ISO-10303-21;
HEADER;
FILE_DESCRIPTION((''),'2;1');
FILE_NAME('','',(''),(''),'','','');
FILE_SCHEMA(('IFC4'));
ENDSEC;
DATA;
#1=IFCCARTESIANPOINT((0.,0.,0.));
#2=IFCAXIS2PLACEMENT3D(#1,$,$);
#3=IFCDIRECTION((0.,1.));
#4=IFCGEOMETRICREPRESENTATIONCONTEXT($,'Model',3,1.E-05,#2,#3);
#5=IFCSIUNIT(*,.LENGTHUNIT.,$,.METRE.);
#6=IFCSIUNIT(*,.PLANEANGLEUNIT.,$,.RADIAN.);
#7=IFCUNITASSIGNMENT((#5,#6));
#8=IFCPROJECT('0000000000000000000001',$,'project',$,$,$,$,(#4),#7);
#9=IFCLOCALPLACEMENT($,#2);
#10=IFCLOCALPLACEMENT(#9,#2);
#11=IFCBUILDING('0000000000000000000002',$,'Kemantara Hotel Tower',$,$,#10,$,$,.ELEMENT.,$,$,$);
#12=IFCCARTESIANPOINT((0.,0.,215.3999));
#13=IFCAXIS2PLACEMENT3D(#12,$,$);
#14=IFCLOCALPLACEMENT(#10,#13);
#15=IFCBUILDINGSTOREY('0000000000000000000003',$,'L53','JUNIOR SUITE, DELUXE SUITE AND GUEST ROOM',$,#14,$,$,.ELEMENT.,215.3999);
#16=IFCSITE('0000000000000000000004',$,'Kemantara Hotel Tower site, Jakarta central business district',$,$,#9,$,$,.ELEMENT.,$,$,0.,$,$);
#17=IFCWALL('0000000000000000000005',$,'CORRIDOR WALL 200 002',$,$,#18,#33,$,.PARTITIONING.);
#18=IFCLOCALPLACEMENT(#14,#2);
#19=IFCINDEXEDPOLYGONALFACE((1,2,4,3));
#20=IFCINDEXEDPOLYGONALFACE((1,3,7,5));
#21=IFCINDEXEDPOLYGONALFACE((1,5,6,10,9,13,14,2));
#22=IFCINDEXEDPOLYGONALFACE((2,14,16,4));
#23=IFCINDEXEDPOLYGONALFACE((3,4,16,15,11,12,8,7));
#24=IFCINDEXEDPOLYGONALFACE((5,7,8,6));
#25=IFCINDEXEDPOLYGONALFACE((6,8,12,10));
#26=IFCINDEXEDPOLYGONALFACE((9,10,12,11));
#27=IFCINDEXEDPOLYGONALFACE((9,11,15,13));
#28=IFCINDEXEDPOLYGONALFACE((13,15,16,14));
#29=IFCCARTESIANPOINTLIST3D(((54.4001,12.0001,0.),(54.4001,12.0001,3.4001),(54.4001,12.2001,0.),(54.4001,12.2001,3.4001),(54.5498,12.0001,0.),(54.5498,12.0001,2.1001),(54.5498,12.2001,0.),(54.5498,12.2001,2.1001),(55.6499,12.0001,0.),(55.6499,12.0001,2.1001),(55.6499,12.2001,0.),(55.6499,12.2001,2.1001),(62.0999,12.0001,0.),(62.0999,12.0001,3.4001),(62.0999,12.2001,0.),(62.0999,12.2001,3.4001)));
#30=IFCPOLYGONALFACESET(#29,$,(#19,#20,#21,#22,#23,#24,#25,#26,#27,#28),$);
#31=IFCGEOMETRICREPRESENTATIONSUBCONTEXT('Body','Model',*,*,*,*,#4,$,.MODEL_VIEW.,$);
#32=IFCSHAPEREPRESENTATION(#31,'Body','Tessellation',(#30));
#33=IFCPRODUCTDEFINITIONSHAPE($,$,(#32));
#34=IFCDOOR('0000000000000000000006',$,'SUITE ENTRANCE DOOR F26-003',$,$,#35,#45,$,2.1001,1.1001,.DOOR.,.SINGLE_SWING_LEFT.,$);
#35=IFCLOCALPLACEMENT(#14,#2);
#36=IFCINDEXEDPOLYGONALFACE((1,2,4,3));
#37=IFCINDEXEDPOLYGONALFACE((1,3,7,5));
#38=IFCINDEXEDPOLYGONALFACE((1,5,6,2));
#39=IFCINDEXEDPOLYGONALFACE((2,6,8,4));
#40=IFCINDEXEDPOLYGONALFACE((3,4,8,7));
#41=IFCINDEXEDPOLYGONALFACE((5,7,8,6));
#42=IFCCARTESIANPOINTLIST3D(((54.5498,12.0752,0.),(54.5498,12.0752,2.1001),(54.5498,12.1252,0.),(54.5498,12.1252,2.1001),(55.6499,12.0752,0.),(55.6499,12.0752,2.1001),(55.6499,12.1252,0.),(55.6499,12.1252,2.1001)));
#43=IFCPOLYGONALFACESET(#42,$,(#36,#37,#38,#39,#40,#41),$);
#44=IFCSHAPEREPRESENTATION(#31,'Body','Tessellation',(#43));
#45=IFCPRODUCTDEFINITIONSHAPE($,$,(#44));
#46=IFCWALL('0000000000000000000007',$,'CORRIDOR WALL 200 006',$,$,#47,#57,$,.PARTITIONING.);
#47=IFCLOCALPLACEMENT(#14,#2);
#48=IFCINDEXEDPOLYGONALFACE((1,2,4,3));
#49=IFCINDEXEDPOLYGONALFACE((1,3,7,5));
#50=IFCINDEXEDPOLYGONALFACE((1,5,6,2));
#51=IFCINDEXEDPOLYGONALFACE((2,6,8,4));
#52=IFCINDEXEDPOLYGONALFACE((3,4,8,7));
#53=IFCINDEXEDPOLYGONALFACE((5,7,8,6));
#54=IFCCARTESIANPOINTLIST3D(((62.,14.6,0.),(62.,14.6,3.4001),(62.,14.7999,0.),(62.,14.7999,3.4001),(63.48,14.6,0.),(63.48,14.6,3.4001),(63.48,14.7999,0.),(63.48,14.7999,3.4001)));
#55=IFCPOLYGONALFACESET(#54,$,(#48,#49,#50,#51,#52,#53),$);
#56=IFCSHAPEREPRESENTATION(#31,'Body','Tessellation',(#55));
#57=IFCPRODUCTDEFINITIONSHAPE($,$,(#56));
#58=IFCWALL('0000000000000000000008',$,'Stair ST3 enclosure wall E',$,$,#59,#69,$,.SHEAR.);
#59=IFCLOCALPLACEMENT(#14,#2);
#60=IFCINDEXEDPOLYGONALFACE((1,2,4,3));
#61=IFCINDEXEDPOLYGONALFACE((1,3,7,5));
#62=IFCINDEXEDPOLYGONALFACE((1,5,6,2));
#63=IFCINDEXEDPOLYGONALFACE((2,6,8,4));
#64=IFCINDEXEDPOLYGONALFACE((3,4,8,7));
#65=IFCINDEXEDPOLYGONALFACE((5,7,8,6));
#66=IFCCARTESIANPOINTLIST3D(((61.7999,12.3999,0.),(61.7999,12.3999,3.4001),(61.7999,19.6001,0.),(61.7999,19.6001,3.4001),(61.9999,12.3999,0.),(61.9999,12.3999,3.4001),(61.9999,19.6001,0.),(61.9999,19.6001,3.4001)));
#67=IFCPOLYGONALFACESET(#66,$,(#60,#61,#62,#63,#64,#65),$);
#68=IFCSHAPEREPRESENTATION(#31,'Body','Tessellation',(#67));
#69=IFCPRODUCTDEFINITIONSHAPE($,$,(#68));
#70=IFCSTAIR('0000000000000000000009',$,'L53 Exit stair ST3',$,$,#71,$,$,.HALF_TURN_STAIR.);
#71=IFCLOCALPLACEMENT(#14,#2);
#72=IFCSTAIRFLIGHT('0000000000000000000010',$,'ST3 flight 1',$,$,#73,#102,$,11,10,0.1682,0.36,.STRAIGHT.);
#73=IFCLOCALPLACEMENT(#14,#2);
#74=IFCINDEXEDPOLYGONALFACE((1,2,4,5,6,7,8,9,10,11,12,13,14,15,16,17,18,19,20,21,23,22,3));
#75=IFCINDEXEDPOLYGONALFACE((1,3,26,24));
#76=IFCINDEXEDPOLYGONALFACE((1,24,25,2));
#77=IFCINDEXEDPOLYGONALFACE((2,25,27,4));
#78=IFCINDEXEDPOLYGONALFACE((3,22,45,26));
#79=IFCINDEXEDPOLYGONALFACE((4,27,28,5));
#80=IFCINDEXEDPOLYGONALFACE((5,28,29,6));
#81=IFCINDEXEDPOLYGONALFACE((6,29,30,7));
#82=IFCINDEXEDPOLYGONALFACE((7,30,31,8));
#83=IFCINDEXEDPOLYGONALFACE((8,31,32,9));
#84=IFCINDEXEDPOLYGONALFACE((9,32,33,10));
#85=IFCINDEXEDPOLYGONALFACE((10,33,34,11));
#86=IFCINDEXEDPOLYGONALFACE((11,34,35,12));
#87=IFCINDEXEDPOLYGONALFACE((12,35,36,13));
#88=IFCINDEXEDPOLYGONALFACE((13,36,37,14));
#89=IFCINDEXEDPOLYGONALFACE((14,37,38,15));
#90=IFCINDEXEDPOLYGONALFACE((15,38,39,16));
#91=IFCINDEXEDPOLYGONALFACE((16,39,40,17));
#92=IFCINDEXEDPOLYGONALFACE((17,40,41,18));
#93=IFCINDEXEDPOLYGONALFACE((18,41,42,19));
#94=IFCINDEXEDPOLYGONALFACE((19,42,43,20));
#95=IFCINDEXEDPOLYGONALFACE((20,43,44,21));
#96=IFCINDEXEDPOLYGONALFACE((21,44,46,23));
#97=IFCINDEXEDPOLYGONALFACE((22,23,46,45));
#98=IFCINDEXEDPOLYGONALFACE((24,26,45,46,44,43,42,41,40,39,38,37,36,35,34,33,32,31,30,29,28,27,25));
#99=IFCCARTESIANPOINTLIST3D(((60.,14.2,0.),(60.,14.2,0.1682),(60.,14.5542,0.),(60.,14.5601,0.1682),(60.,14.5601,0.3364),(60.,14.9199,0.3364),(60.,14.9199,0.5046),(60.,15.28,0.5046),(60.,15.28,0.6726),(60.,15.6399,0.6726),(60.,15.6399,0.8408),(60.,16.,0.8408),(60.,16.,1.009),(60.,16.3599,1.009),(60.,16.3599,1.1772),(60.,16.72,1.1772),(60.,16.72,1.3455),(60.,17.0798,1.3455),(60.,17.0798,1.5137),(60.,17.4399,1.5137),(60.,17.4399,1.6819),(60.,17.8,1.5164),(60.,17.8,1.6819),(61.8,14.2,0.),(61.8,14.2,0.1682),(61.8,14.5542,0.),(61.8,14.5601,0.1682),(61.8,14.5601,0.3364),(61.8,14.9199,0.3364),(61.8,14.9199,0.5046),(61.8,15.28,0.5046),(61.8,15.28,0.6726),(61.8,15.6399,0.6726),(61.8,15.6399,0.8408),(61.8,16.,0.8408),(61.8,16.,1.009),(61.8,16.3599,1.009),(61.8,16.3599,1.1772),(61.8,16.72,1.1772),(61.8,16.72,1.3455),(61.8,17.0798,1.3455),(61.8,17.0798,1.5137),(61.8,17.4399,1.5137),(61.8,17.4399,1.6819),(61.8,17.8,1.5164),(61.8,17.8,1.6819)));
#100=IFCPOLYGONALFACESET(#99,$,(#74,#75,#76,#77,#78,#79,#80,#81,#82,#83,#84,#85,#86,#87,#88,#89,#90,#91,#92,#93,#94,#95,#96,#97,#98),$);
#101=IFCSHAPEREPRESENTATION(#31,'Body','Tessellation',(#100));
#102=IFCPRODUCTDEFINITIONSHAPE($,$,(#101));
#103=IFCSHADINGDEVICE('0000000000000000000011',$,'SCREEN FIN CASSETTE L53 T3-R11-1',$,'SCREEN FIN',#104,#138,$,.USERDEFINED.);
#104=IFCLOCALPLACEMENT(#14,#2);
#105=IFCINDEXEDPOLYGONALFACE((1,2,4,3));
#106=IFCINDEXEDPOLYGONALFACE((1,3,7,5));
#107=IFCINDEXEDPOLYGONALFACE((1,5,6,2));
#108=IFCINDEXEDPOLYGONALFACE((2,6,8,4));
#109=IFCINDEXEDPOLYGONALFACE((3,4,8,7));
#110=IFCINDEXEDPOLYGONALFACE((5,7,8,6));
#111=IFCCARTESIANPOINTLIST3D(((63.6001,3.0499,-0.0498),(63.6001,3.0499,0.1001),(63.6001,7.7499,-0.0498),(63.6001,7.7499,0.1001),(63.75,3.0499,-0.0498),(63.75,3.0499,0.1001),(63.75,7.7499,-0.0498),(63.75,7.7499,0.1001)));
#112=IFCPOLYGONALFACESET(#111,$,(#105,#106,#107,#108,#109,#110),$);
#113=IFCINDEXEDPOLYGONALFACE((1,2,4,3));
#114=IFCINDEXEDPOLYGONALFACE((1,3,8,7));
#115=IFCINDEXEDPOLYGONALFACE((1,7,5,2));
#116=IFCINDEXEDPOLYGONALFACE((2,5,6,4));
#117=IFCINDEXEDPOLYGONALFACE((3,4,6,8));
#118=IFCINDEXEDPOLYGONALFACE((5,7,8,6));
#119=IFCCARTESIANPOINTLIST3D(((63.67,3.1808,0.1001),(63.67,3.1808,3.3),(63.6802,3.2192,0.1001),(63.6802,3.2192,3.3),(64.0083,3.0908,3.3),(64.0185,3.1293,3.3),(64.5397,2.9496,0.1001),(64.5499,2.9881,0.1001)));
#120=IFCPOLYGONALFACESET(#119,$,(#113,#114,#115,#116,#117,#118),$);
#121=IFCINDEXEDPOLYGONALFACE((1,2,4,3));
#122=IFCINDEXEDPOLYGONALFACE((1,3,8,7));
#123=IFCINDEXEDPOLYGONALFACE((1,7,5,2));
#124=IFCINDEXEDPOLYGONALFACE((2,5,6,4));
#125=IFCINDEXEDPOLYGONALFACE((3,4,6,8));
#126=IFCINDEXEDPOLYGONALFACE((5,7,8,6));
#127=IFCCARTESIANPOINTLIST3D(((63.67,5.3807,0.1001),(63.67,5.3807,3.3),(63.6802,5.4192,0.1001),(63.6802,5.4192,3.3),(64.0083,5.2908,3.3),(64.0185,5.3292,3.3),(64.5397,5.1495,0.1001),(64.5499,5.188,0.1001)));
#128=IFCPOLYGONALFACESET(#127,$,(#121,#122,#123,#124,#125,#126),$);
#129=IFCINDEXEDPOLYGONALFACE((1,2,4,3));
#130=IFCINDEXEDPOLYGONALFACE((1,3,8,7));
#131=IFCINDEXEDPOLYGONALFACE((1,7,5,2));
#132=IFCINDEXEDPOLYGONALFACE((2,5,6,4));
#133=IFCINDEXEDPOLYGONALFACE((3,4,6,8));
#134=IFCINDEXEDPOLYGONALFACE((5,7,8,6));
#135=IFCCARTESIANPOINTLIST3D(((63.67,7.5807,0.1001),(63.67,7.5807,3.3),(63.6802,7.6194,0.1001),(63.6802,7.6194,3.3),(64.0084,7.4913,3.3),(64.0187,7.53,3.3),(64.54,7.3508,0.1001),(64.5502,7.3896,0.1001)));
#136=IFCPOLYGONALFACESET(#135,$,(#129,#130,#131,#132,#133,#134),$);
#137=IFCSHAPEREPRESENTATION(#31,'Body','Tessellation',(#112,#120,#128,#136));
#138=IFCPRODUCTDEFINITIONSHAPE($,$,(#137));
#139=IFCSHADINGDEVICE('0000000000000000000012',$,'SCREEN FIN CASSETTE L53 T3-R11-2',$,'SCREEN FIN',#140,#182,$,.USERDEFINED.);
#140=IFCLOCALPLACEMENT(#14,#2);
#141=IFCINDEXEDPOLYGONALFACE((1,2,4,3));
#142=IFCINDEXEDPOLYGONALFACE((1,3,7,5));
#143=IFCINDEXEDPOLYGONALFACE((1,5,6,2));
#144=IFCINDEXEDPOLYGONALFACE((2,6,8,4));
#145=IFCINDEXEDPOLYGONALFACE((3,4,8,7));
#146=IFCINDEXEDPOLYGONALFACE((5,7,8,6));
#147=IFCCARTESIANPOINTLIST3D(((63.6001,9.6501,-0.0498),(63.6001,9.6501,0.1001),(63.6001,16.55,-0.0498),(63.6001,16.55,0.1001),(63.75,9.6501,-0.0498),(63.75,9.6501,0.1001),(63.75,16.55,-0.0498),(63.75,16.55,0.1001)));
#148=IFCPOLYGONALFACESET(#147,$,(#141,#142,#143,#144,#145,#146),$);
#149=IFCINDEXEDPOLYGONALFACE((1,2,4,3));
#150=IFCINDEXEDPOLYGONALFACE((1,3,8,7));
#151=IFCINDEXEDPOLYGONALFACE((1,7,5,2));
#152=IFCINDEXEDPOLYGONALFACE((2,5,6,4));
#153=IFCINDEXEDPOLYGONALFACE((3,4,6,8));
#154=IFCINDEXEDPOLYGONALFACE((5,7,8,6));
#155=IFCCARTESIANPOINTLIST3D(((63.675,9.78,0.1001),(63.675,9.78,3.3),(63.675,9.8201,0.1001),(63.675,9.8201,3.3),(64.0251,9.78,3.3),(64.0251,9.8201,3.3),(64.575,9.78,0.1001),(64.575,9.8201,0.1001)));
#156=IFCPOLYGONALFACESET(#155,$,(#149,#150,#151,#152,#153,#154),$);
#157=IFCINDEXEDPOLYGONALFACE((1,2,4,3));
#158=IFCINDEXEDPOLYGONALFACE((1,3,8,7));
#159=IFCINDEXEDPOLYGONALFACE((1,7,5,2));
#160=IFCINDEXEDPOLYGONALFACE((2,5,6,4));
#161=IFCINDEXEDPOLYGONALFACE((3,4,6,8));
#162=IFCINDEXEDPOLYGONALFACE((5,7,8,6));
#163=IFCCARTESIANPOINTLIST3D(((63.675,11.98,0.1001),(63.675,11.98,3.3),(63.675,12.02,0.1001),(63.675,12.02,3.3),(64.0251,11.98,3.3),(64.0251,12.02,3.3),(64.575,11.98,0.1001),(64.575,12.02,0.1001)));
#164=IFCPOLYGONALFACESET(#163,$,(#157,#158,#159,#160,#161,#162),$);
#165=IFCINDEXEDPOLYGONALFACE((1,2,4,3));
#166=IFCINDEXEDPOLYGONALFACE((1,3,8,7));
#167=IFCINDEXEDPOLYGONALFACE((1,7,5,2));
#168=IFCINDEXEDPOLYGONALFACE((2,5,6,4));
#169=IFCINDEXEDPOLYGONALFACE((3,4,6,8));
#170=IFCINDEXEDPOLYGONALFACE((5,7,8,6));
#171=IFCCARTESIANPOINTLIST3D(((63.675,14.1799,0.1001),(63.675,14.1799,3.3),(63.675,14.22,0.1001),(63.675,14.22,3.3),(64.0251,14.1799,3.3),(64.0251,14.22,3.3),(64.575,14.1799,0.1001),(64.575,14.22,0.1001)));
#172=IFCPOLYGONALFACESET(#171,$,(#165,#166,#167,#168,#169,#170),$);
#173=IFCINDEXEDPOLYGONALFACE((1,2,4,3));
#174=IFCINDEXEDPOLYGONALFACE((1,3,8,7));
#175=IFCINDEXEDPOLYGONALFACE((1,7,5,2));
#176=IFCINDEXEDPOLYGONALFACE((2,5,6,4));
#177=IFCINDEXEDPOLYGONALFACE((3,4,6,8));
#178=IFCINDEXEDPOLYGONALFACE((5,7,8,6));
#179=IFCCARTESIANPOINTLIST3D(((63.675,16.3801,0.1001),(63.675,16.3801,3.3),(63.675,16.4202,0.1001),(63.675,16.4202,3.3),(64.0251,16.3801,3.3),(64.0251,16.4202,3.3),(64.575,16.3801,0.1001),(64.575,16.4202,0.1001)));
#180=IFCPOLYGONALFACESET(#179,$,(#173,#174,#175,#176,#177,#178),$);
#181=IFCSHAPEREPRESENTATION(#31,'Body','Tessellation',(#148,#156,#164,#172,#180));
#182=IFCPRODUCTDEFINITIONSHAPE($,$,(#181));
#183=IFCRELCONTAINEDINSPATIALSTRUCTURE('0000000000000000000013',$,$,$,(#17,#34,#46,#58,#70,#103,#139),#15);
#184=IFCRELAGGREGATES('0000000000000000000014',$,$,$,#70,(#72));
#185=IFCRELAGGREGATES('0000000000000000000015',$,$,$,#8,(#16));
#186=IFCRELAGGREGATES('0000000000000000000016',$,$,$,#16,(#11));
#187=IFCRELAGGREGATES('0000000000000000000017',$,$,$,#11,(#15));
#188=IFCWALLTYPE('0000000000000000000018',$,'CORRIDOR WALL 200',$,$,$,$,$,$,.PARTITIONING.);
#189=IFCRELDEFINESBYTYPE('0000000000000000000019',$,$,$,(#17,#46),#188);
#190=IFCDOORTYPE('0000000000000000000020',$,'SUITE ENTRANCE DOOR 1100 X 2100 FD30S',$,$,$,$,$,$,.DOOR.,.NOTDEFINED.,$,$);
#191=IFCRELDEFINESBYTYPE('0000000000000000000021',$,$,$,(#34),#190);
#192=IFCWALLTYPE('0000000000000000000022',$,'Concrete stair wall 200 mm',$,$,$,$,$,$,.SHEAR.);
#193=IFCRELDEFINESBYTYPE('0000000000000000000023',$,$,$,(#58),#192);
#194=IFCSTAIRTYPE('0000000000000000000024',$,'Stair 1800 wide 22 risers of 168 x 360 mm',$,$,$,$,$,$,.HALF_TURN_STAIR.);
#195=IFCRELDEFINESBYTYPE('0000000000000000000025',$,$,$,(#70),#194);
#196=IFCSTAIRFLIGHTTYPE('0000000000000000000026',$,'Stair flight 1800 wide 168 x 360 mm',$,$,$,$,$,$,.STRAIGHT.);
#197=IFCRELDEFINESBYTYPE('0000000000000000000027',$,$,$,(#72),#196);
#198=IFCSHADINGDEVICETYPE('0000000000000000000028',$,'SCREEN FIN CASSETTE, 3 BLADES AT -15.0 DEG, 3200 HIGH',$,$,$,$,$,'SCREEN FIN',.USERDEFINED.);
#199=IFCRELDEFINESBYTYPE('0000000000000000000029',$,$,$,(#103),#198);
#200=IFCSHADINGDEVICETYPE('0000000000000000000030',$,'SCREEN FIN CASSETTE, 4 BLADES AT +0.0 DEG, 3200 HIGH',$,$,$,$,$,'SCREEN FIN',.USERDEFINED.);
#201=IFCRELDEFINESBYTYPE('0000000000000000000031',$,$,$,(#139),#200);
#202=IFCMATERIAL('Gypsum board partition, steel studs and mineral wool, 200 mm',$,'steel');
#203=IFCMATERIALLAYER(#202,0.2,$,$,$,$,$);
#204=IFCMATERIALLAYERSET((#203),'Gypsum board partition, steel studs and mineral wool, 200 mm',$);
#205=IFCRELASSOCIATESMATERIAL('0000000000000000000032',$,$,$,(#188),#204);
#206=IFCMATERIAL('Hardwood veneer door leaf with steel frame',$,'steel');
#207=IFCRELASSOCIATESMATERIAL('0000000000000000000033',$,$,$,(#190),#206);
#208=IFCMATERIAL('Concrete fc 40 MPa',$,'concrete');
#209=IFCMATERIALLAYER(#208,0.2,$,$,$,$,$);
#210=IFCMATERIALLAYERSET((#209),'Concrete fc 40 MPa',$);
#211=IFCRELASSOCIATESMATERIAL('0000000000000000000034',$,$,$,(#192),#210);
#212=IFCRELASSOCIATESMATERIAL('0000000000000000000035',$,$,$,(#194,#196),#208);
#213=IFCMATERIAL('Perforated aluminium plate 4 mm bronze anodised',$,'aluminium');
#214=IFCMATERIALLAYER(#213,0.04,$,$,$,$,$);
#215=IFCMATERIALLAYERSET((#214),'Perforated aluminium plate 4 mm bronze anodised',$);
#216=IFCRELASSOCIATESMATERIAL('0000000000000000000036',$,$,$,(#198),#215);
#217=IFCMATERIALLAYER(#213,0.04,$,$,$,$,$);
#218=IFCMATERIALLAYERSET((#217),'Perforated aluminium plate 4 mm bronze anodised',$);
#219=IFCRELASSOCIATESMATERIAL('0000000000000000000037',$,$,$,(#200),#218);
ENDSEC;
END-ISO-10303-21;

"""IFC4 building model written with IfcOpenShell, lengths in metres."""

from ifc_helpers import new_model, si_unit, direction, frame, frame_2d, origin, origin_2d, place, context, subcontext, project, spatial, polyline, rectangle, outline, extrude, source, transform, mapped, material, layer, layer_set, type_object, element, fill, aggregate, save


model = new_model("IFC4")

# Units and contexts
model_context = context("Model", 3, precision=1e-05, world=origin(), true_north=direction((0.0, 1.0)))
body_context = subcontext(model_context, "Body", "Model", "MODEL_VIEW")
ifc_project = project(units=[si_unit("LENGTHUNIT", "METRE"), si_unit("PLANEANGLEUNIT", "RADIAN")], contexts=[model_context])

# Site, building, storey
site_placement = place(None, origin())
site = spatial("IfcSite", under=ifc_project, at=site_placement, Name="Kemantara Hotel Tower site, Jakarta central business district", CompositionType="ELEMENT", RefElevation=0.0)
building_placement = place(site_placement, origin())
building = spatial("IfcBuilding", under=site, at=building_placement, Name="Kemantara Hotel Tower", CompositionType="ELEMENT")
storey_placement = place(building_placement, frame((0.0, 0.0, 215.3999)))
storey = spatial("IfcBuildingStorey", under=building, at=storey_placement, Name="L53", Description="JUNIOR SUITE, DELUXE SUITE AND GUEST ROOM", CompositionType="ELEMENT", Elevation=215.3999)

# Wall, opening, door
ifc_material_1 = material(Name="Gypsum board partition, steel studs and mineral wool, 200 mm", Category="steel")
ifc_layer_1 = layer(ifc_material_1, 0.2)
ifc_layer_set_1 = layer_set([ifc_layer_1], Name="Gypsum board partition, steel studs and mineral wool, 200 mm")
wall_type_1 = type_object("IfcWallType", Name="CORRIDOR WALL 200", PredefinedType="PARTITIONING", material=ifc_layer_set_1)
wall_1_placement = place(storey_placement, frame((62.0999, 12.1001, 0.0), z_axis=(0.0, 0.0, 1.0), x_axis=(-1.0, 0.0, 0.0)))
wall_1 = element("IfcWall", 1, at=wall_1_placement, inside=storey, type_object=wall_type_1, Name="CORRIDOR WALL 200 002", PredefinedType="PARTITIONING", context=body_context, shape_type="SweptSolid", body=[
    extrude(rectangle(XDim=7.6997, YDim=0.2, at=frame_2d((3.8499, 0.0))), origin(), (0.0, 0.0, 1.0), 3.4001),
])
opening_placement = place(wall_1_placement, frame((6.45, 0.0, 0.0)))
opening = element("IfcOpeningElement", 2, at=opening_placement, cuts=wall_1, PredefinedType="OPENING", context=body_context, shape_type="SweptSolid", body=[
    extrude(rectangle(XDim=1.1001, YDim=2.1001, at=frame_2d((0.55, 1.05))), frame((0.0, 0.1099, 0.0), z_axis=(0.0, -1.0, 0.0), x_axis=(1.0, 0.0, 0.0)), (0.0, 0.0, 1.0), 0.22),
])
ifc_material_2 = material(Name="Hardwood veneer door leaf with steel frame", Category="steel")
door_type = type_object("IfcDoorType", Name="SUITE ENTRANCE DOOR 1100 X 2100 FD30S", OperationType="NOTDEFINED", PredefinedType="DOOR", material=ifc_material_2)
door_placement = place(opening_placement, origin())
door = element("IfcDoor", 3, at=door_placement, inside=storey, type_object=door_type, Name="SUITE ENTRANCE DOOR F26-003", OperationType="SINGLE_SWING_LEFT", OverallHeight=2.1001, OverallWidth=1.1001, PredefinedType="DOOR", context=body_context, shape_type="SweptSolid", body=[
    extrude(rectangle(XDim=1.1001, YDim=2.1001, at=frame_2d((0.55, 1.05))), frame((0.0, 0.0249, 0.0), z_axis=(0.0, -1.0, 0.0), x_axis=(1.0, 0.0, 0.0)), (0.0, 0.0, 1.0), 0.05),
])
fill(opening, door)

# Walls
wall_2_placement = place(storey_placement, frame((62.0, 14.7, 0.0), z_axis=(0.0, 0.0, 1.0), x_axis=(1.0, 0.0, 0.0)))
element("IfcWall", 4, at=wall_2_placement, inside=storey, type_object=wall_type_1, Name="CORRIDOR WALL 200 006", PredefinedType="PARTITIONING", context=body_context, shape_type="SweptSolid", body=[
    extrude(rectangle(XDim=1.48, YDim=0.2, at=frame_2d((0.74, 0.0))), origin(), (0.0, 0.0, 1.0), 3.4001),
])
ifc_material_3 = material(Name="Concrete fc 40 MPa", Category="concrete")
ifc_layer_2 = layer(ifc_material_3, 0.2)
ifc_layer_set_2 = layer_set([ifc_layer_2], Name="Concrete fc 40 MPa")
wall_type_2 = type_object("IfcWallType", Name="Concrete stair wall 200 mm", PredefinedType="SHEAR", material=ifc_layer_set_2)
wall_3_placement = place(storey_placement, frame((61.8999, 12.3999, 0.0), z_axis=(0.0, 0.0, 1.0), x_axis=(0.0, 1.0, 0.0)))
element("IfcWall", 5, at=wall_3_placement, inside=storey, type_object=wall_type_2, Name="Stair ST3 enclosure wall E", PredefinedType="SHEAR", context=body_context, shape_type="SweptSolid", body=[
    extrude(rectangle(XDim=7.2002, YDim=0.2, at=frame_2d((3.6001, 0.0))), origin(), (0.0, 0.0, 1.0), 3.4001),
])

# Stair, stair flight
stair_type = type_object("IfcStairType", Name="Stair 1800 wide 22 risers of 168 x 360 mm", PredefinedType="HALF_TURN_STAIR", material=ifc_material_3)
stair_placement = place(storey_placement, origin())
stair = element("IfcStair", 6, at=stair_placement, inside=storey, type_object=stair_type, Name="L53 Exit stair ST3", PredefinedType="HALF_TURN_STAIR")
stair_flight_type = type_object("IfcStairFlightType", Name="Stair flight 1800 wide 168 x 360 mm", PredefinedType="STRAIGHT", material=ifc_material_3)
stair_flight_placement = place(storey_placement, frame((60.8999, 14.2, 0.0), z_axis=(0.0, 0.0, 1.0), x_axis=(0.0, 1.0, 0.0)))
stair_flight = element("IfcStairFlight", 7, at=stair_flight_placement, type_object=stair_flight_type, Name="ST3 flight 1", NumberOfRisers=11, NumberOfTreads=10, PredefinedType="STRAIGHT", RiserHeight=0.1682, TreadLength=0.36, context=body_context, shape_type="SweptSolid", body=[
    extrude(outline(polyline([(0.0, 0.0), (0.0, 0.1682), (0.3601, 0.1682), (0.3601, 0.3364), (0.72, 0.3364), (0.72, 0.5046), (1.0801, 0.5046), (1.0801, 0.6726), (1.4399, 0.6726), (1.4399, 0.8408), (1.8, 0.8408), (1.8, 1.009), (2.1599, 1.009), (2.1599, 1.1772), (2.52, 1.1772), (2.52, 1.3455), (2.8799, 1.3455), (2.8799, 1.5137), (3.24, 1.5137), (3.24, 1.6819), (3.6001, 1.6819), (3.6001, 1.8501), (3.6001, 1.5164), (0.3542, 0.0), (0.0, 0.0)])), frame((0.0, 0.8999, 0.0), z_axis=(0.0, -1.0, 0.0), x_axis=(1.0, 0.0, 0.0)), (0.0, 0.0, 1.0), 1.8),
])
aggregate(stair, [stair_flight])

# Shading devices
ifc_material_4 = material(Name="Perforated aluminium plate 4 mm bronze anodised", Category="aluminium")
ifc_layer_3 = layer(ifc_material_4, 0.04)
ifc_layer_set_3 = layer_set([ifc_layer_3], Name="Perforated aluminium plate 4 mm bronze anodised")
shading_device_type_1 = type_object("IfcShadingDeviceType", Name="SCREEN FIN CASSETTE, 3 BLADES AT -15.0 DEG, 3200 HIGH", ElementType="SCREEN FIN", PredefinedType="USERDEFINED", material=ifc_layer_set_3)
shared_shape_1 = source(origin(), body_context, "Body", "SweptSolid", [
    extrude(rectangle(XDim=4.7, YDim=0.1499, at=origin_2d()), frame((2.2, -0.075, -0.1499), z_axis=(0.0, 0.0, 1.0), x_axis=(1.0, 0.0, 0.0)), (0.0, 0.0, 1.0), 0.1499),
    extrude(outline(polyline([(0.0, 0.0), (0.8999, 0.0), (0.3501, 3.2), (0.0, 3.2), (0.0, 0.0)])), frame((0.0193, -0.0801, 0.0), z_axis=(-0.966438, 0.256901, 0.0), x_axis=(-0.256901, -0.966438, 0.0)), (0.0, 0.0, 1.0), 0.0398),
    extrude(outline(polyline([(0.0, 0.0), (0.8999, 0.0), (0.3501, 3.2), (0.0, 3.2), (0.0, 0.0)])), frame((2.2192, -0.0801, 0.0), z_axis=(-0.966438, 0.256901, 0.0), x_axis=(-0.256901, -0.966438, 0.0)), (0.0, 0.0, 1.0), 0.0398),
    extrude(outline(polyline([(0.0, 0.0), (0.8999, 0.0), (0.3501, 3.2), (0.0, 3.2), (0.0, 0.0)])), frame((4.4194, -0.0801, 0.0), z_axis=(-0.966838, 0.255391, 0.0), x_axis=(-0.255391, -0.966838, 0.0)), (0.0, 0.0, 1.0), 0.04),
])
shading_device_1_placement = place(storey_placement, frame((63.6001, 3.2, 0.1001), z_axis=(0.0, 0.0, 1.0), x_axis=(0.0, 1.0, 0.0)))
element("IfcShadingDevice", 8, at=shading_device_1_placement, inside=storey, type_object=shading_device_type_1, Name="SCREEN FIN CASSETTE L53 T3-R11-1", ObjectType="SCREEN FIN", PredefinedType="USERDEFINED", context=body_context, shape_type="MappedRepresentation", body=[
    mapped(shared_shape_1, transform((0.0, 0.0, 0.0))),
])
ifc_layer_4 = layer(ifc_material_4, 0.04)
ifc_layer_set_4 = layer_set([ifc_layer_4], Name="Perforated aluminium plate 4 mm bronze anodised")
shading_device_type_2 = type_object("IfcShadingDeviceType", Name="SCREEN FIN CASSETTE, 4 BLADES AT +0.0 DEG, 3200 HIGH", ElementType="SCREEN FIN", PredefinedType="USERDEFINED", material=ifc_layer_set_4)
shared_shape_2 = source(origin(), body_context, "Body", "SweptSolid", [
    extrude(rectangle(XDim=6.8999, YDim=0.1499, at=origin_2d()), frame((3.3, -0.075, -0.1499), z_axis=(0.0, 0.0, 1.0), x_axis=(1.0, 0.0, 0.0)), (0.0, 0.0, 1.0), 0.1499),
    extrude(outline(polyline([(0.0, 0.0), (0.8999, 0.0), (0.3501, 3.2), (0.0, 3.2), (0.0, 0.0)])), frame((0.02, -0.075, 0.0), z_axis=(-1.0, 0.0, 0.0), x_axis=(0.0, -1.0, 0.0)), (0.0, 0.0, 1.0), 0.04),
    extrude(outline(polyline([(0.0, 0.0), (0.8999, 0.0), (0.3501, 3.2), (0.0, 3.2), (0.0, 0.0)])), frame((2.22, -0.075, 0.0), z_axis=(-1.0, 0.0, 0.0), x_axis=(0.0, -1.0, 0.0)), (0.0, 0.0, 1.0), 0.04),
    extrude(outline(polyline([(0.0, 0.0), (0.8999, 0.0), (0.3501, 3.2), (0.0, 3.2), (0.0, 0.0)])), frame((4.4199, -0.075, 0.0), z_axis=(-1.0, 0.0, 0.0), x_axis=(0.0, -1.0, 0.0)), (0.0, 0.0, 1.0), 0.04),
    extrude(outline(polyline([(0.0, 0.0), (0.8999, 0.0), (0.3501, 3.2), (0.0, 3.2), (0.0, 0.0)])), frame((6.6201, -0.075, 0.0), z_axis=(-1.0, 0.0, 0.0), x_axis=(0.0, -1.0, 0.0)), (0.0, 0.0, 1.0), 0.04),
])
shading_device_2_placement = place(storey_placement, frame((63.6001, 9.8, 0.1001), z_axis=(0.0, 0.0, 1.0), x_axis=(0.0, 1.0, 0.0)))
element("IfcShadingDevice", 9, at=shading_device_2_placement, inside=storey, type_object=shading_device_type_2, Name="SCREEN FIN CASSETTE L53 T3-R11-2", ObjectType="SCREEN FIN", PredefinedType="USERDEFINED", context=body_context, shape_type="MappedRepresentation", body=[
    mapped(shared_shape_2, transform((0.0, 0.0, 0.0))),
])

save(model, "model.ifc")
